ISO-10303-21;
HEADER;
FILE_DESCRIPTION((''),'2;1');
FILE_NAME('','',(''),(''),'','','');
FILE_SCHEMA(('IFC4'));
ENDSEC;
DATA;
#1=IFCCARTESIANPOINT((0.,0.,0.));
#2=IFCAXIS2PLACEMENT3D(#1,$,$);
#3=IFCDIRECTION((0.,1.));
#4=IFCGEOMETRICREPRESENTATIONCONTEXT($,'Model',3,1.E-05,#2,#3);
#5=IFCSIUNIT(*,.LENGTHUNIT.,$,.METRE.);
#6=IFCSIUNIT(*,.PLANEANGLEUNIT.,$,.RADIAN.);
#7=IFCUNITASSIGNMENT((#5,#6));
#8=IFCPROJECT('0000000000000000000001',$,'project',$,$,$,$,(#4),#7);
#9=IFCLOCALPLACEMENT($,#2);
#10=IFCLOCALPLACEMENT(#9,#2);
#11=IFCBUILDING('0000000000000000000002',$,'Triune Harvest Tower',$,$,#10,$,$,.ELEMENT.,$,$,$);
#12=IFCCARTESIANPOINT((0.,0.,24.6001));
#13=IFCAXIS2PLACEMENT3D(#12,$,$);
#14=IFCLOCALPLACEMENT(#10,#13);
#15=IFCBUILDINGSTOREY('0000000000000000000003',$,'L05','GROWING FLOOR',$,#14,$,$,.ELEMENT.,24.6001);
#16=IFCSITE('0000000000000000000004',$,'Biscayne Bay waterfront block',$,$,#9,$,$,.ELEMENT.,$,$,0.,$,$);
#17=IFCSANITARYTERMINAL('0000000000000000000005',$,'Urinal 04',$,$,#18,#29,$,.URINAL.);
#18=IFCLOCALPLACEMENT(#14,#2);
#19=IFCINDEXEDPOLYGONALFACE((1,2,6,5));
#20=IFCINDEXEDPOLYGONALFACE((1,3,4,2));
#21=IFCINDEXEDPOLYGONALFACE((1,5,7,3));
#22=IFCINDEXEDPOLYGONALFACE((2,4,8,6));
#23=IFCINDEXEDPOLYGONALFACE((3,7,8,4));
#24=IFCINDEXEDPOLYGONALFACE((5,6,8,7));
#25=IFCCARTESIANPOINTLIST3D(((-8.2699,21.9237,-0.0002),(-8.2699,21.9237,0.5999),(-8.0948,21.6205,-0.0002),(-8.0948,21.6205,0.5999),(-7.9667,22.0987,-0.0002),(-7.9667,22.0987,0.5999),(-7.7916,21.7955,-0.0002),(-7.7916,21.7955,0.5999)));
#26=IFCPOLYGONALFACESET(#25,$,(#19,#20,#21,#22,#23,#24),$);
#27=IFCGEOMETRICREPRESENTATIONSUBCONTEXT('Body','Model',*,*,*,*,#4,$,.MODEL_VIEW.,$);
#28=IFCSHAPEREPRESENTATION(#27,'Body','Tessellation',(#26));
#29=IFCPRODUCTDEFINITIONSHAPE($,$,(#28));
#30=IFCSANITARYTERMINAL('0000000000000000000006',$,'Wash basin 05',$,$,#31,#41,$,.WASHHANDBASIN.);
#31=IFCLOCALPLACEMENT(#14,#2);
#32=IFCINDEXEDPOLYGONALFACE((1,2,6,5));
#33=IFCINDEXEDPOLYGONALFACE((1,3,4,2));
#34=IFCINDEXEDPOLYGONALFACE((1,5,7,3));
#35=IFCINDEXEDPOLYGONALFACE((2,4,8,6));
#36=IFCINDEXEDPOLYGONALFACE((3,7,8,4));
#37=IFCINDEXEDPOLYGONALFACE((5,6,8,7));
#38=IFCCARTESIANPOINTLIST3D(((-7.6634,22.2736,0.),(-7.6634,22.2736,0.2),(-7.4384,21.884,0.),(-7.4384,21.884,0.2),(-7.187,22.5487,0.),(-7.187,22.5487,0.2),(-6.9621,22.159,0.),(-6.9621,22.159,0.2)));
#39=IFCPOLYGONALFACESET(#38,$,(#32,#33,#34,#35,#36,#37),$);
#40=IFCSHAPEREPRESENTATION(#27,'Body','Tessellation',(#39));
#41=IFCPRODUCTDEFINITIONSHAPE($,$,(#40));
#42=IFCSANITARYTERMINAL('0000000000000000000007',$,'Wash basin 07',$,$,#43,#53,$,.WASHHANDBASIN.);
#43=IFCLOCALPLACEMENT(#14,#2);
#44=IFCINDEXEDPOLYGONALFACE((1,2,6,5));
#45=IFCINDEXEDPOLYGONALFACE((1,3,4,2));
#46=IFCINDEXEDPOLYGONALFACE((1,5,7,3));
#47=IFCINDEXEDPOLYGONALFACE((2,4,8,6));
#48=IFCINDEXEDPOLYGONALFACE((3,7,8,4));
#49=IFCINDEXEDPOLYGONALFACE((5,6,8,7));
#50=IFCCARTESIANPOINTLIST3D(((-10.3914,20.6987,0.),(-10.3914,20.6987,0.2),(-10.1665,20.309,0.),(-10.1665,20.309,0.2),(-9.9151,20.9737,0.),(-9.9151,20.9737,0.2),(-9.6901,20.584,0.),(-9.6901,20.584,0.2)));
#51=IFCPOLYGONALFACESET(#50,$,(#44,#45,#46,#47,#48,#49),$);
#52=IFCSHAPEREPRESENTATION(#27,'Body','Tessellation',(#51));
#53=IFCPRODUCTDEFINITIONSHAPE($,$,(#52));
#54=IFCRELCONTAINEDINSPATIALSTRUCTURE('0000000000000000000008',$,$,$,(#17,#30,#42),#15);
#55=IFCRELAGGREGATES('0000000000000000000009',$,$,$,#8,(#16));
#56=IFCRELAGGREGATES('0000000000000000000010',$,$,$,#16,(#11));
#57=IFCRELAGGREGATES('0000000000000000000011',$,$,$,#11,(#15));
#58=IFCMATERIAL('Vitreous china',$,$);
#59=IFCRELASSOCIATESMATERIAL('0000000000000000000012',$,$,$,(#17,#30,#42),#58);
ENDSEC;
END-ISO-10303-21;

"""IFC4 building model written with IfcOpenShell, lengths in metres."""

from ifc_helpers import new_model, si_unit, direction, frame, origin, origin_2d, place, context, subcontext, project, spatial, rectangle, extrude, source, transform, mapped, material, element, save


model = new_model("IFC4")

# Units and contexts
model_context = context("Model", 3, precision=1e-05, world=origin(), true_north=direction((0.0, 1.0)))
body_context = subcontext(model_context, "Body", "Model", "MODEL_VIEW")
ifc_project = project(units=[si_unit("LENGTHUNIT", "METRE"), si_unit("PLANEANGLEUNIT", "RADIAN")], contexts=[model_context])

# Site, building, storey
site_placement = place(None, origin())
site = spatial("IfcSite", under=ifc_project, at=site_placement, Name="Biscayne Bay waterfront block", CompositionType="ELEMENT", RefElevation=0.0)
building_placement = place(site_placement, origin())
building = spatial("IfcBuilding", under=site, at=building_placement, Name="Triune Harvest Tower", CompositionType="ELEMENT")
storey_placement = place(building_placement, frame((0.0, 0.0, 24.6001)))
storey = spatial("IfcBuildingStorey", under=building, at=storey_placement, Name="L05", Description="GROWING FLOOR", CompositionType="ELEMENT", Elevation=24.6001)

# Sanitary terminals
ifc_material_1 = material(Name="Vitreous china")
shared_shape_1 = source(origin(), body_context, "Body", "SweptSolid", [
    extrude(rectangle(XDim=0.3501, YDim=0.3501, at=origin_2d()), origin(), (0.0, 0.0, 1.0), 0.6001),
])
sanitary_terminal_placement = place(storey_placement, frame((-8.0308, 21.8596, -0.0002), z_axis=(0.0, 0.0, 1.0), x_axis=(0.866034, 0.499985, 0.0)))
element("IfcSanitaryTerminal", 1, at=sanitary_terminal_placement, inside=storey, material=ifc_material_1, Name="Urinal 04", PredefinedType="URINAL", context=body_context, shape_type="MappedRepresentation", body=[
    mapped(shared_shape_1, transform((0.0, 0.0, 0.0), scale=1.0)),
])
shared_shape_2 = source(origin(), body_context, "Body", "SweptSolid", [
    extrude(rectangle(XDim=0.55, YDim=0.45, at=origin_2d()), origin(), (0.0, 0.0, 1.0), 0.2),
])
for number, where, z_axis, x_axis, name in (
    (2, (-7.3127, 22.2163, 0.0), (0.0, 0.0, 1.0), (0.866034, 0.499985, 0.0), "Wash basin 05"),
    (3, (-10.0408, 20.6414, 0.0), (0.0, 0.0, 1.0), (0.866034, 0.499985, 0.0), "Wash basin 07"),
):
    element("IfcSanitaryTerminal", number, at=place(storey_placement, frame(where, z_axis=z_axis, x_axis=x_axis)), inside=storey, material=ifc_material_1, Name=name, PredefinedType="WASHHANDBASIN", context=body_context, shape_type="MappedRepresentation", body=[
        mapped(shared_shape_2, transform((0.0, 0.0, 0.0), scale=1.0)),
    ])

save(model, "model.ifc")
